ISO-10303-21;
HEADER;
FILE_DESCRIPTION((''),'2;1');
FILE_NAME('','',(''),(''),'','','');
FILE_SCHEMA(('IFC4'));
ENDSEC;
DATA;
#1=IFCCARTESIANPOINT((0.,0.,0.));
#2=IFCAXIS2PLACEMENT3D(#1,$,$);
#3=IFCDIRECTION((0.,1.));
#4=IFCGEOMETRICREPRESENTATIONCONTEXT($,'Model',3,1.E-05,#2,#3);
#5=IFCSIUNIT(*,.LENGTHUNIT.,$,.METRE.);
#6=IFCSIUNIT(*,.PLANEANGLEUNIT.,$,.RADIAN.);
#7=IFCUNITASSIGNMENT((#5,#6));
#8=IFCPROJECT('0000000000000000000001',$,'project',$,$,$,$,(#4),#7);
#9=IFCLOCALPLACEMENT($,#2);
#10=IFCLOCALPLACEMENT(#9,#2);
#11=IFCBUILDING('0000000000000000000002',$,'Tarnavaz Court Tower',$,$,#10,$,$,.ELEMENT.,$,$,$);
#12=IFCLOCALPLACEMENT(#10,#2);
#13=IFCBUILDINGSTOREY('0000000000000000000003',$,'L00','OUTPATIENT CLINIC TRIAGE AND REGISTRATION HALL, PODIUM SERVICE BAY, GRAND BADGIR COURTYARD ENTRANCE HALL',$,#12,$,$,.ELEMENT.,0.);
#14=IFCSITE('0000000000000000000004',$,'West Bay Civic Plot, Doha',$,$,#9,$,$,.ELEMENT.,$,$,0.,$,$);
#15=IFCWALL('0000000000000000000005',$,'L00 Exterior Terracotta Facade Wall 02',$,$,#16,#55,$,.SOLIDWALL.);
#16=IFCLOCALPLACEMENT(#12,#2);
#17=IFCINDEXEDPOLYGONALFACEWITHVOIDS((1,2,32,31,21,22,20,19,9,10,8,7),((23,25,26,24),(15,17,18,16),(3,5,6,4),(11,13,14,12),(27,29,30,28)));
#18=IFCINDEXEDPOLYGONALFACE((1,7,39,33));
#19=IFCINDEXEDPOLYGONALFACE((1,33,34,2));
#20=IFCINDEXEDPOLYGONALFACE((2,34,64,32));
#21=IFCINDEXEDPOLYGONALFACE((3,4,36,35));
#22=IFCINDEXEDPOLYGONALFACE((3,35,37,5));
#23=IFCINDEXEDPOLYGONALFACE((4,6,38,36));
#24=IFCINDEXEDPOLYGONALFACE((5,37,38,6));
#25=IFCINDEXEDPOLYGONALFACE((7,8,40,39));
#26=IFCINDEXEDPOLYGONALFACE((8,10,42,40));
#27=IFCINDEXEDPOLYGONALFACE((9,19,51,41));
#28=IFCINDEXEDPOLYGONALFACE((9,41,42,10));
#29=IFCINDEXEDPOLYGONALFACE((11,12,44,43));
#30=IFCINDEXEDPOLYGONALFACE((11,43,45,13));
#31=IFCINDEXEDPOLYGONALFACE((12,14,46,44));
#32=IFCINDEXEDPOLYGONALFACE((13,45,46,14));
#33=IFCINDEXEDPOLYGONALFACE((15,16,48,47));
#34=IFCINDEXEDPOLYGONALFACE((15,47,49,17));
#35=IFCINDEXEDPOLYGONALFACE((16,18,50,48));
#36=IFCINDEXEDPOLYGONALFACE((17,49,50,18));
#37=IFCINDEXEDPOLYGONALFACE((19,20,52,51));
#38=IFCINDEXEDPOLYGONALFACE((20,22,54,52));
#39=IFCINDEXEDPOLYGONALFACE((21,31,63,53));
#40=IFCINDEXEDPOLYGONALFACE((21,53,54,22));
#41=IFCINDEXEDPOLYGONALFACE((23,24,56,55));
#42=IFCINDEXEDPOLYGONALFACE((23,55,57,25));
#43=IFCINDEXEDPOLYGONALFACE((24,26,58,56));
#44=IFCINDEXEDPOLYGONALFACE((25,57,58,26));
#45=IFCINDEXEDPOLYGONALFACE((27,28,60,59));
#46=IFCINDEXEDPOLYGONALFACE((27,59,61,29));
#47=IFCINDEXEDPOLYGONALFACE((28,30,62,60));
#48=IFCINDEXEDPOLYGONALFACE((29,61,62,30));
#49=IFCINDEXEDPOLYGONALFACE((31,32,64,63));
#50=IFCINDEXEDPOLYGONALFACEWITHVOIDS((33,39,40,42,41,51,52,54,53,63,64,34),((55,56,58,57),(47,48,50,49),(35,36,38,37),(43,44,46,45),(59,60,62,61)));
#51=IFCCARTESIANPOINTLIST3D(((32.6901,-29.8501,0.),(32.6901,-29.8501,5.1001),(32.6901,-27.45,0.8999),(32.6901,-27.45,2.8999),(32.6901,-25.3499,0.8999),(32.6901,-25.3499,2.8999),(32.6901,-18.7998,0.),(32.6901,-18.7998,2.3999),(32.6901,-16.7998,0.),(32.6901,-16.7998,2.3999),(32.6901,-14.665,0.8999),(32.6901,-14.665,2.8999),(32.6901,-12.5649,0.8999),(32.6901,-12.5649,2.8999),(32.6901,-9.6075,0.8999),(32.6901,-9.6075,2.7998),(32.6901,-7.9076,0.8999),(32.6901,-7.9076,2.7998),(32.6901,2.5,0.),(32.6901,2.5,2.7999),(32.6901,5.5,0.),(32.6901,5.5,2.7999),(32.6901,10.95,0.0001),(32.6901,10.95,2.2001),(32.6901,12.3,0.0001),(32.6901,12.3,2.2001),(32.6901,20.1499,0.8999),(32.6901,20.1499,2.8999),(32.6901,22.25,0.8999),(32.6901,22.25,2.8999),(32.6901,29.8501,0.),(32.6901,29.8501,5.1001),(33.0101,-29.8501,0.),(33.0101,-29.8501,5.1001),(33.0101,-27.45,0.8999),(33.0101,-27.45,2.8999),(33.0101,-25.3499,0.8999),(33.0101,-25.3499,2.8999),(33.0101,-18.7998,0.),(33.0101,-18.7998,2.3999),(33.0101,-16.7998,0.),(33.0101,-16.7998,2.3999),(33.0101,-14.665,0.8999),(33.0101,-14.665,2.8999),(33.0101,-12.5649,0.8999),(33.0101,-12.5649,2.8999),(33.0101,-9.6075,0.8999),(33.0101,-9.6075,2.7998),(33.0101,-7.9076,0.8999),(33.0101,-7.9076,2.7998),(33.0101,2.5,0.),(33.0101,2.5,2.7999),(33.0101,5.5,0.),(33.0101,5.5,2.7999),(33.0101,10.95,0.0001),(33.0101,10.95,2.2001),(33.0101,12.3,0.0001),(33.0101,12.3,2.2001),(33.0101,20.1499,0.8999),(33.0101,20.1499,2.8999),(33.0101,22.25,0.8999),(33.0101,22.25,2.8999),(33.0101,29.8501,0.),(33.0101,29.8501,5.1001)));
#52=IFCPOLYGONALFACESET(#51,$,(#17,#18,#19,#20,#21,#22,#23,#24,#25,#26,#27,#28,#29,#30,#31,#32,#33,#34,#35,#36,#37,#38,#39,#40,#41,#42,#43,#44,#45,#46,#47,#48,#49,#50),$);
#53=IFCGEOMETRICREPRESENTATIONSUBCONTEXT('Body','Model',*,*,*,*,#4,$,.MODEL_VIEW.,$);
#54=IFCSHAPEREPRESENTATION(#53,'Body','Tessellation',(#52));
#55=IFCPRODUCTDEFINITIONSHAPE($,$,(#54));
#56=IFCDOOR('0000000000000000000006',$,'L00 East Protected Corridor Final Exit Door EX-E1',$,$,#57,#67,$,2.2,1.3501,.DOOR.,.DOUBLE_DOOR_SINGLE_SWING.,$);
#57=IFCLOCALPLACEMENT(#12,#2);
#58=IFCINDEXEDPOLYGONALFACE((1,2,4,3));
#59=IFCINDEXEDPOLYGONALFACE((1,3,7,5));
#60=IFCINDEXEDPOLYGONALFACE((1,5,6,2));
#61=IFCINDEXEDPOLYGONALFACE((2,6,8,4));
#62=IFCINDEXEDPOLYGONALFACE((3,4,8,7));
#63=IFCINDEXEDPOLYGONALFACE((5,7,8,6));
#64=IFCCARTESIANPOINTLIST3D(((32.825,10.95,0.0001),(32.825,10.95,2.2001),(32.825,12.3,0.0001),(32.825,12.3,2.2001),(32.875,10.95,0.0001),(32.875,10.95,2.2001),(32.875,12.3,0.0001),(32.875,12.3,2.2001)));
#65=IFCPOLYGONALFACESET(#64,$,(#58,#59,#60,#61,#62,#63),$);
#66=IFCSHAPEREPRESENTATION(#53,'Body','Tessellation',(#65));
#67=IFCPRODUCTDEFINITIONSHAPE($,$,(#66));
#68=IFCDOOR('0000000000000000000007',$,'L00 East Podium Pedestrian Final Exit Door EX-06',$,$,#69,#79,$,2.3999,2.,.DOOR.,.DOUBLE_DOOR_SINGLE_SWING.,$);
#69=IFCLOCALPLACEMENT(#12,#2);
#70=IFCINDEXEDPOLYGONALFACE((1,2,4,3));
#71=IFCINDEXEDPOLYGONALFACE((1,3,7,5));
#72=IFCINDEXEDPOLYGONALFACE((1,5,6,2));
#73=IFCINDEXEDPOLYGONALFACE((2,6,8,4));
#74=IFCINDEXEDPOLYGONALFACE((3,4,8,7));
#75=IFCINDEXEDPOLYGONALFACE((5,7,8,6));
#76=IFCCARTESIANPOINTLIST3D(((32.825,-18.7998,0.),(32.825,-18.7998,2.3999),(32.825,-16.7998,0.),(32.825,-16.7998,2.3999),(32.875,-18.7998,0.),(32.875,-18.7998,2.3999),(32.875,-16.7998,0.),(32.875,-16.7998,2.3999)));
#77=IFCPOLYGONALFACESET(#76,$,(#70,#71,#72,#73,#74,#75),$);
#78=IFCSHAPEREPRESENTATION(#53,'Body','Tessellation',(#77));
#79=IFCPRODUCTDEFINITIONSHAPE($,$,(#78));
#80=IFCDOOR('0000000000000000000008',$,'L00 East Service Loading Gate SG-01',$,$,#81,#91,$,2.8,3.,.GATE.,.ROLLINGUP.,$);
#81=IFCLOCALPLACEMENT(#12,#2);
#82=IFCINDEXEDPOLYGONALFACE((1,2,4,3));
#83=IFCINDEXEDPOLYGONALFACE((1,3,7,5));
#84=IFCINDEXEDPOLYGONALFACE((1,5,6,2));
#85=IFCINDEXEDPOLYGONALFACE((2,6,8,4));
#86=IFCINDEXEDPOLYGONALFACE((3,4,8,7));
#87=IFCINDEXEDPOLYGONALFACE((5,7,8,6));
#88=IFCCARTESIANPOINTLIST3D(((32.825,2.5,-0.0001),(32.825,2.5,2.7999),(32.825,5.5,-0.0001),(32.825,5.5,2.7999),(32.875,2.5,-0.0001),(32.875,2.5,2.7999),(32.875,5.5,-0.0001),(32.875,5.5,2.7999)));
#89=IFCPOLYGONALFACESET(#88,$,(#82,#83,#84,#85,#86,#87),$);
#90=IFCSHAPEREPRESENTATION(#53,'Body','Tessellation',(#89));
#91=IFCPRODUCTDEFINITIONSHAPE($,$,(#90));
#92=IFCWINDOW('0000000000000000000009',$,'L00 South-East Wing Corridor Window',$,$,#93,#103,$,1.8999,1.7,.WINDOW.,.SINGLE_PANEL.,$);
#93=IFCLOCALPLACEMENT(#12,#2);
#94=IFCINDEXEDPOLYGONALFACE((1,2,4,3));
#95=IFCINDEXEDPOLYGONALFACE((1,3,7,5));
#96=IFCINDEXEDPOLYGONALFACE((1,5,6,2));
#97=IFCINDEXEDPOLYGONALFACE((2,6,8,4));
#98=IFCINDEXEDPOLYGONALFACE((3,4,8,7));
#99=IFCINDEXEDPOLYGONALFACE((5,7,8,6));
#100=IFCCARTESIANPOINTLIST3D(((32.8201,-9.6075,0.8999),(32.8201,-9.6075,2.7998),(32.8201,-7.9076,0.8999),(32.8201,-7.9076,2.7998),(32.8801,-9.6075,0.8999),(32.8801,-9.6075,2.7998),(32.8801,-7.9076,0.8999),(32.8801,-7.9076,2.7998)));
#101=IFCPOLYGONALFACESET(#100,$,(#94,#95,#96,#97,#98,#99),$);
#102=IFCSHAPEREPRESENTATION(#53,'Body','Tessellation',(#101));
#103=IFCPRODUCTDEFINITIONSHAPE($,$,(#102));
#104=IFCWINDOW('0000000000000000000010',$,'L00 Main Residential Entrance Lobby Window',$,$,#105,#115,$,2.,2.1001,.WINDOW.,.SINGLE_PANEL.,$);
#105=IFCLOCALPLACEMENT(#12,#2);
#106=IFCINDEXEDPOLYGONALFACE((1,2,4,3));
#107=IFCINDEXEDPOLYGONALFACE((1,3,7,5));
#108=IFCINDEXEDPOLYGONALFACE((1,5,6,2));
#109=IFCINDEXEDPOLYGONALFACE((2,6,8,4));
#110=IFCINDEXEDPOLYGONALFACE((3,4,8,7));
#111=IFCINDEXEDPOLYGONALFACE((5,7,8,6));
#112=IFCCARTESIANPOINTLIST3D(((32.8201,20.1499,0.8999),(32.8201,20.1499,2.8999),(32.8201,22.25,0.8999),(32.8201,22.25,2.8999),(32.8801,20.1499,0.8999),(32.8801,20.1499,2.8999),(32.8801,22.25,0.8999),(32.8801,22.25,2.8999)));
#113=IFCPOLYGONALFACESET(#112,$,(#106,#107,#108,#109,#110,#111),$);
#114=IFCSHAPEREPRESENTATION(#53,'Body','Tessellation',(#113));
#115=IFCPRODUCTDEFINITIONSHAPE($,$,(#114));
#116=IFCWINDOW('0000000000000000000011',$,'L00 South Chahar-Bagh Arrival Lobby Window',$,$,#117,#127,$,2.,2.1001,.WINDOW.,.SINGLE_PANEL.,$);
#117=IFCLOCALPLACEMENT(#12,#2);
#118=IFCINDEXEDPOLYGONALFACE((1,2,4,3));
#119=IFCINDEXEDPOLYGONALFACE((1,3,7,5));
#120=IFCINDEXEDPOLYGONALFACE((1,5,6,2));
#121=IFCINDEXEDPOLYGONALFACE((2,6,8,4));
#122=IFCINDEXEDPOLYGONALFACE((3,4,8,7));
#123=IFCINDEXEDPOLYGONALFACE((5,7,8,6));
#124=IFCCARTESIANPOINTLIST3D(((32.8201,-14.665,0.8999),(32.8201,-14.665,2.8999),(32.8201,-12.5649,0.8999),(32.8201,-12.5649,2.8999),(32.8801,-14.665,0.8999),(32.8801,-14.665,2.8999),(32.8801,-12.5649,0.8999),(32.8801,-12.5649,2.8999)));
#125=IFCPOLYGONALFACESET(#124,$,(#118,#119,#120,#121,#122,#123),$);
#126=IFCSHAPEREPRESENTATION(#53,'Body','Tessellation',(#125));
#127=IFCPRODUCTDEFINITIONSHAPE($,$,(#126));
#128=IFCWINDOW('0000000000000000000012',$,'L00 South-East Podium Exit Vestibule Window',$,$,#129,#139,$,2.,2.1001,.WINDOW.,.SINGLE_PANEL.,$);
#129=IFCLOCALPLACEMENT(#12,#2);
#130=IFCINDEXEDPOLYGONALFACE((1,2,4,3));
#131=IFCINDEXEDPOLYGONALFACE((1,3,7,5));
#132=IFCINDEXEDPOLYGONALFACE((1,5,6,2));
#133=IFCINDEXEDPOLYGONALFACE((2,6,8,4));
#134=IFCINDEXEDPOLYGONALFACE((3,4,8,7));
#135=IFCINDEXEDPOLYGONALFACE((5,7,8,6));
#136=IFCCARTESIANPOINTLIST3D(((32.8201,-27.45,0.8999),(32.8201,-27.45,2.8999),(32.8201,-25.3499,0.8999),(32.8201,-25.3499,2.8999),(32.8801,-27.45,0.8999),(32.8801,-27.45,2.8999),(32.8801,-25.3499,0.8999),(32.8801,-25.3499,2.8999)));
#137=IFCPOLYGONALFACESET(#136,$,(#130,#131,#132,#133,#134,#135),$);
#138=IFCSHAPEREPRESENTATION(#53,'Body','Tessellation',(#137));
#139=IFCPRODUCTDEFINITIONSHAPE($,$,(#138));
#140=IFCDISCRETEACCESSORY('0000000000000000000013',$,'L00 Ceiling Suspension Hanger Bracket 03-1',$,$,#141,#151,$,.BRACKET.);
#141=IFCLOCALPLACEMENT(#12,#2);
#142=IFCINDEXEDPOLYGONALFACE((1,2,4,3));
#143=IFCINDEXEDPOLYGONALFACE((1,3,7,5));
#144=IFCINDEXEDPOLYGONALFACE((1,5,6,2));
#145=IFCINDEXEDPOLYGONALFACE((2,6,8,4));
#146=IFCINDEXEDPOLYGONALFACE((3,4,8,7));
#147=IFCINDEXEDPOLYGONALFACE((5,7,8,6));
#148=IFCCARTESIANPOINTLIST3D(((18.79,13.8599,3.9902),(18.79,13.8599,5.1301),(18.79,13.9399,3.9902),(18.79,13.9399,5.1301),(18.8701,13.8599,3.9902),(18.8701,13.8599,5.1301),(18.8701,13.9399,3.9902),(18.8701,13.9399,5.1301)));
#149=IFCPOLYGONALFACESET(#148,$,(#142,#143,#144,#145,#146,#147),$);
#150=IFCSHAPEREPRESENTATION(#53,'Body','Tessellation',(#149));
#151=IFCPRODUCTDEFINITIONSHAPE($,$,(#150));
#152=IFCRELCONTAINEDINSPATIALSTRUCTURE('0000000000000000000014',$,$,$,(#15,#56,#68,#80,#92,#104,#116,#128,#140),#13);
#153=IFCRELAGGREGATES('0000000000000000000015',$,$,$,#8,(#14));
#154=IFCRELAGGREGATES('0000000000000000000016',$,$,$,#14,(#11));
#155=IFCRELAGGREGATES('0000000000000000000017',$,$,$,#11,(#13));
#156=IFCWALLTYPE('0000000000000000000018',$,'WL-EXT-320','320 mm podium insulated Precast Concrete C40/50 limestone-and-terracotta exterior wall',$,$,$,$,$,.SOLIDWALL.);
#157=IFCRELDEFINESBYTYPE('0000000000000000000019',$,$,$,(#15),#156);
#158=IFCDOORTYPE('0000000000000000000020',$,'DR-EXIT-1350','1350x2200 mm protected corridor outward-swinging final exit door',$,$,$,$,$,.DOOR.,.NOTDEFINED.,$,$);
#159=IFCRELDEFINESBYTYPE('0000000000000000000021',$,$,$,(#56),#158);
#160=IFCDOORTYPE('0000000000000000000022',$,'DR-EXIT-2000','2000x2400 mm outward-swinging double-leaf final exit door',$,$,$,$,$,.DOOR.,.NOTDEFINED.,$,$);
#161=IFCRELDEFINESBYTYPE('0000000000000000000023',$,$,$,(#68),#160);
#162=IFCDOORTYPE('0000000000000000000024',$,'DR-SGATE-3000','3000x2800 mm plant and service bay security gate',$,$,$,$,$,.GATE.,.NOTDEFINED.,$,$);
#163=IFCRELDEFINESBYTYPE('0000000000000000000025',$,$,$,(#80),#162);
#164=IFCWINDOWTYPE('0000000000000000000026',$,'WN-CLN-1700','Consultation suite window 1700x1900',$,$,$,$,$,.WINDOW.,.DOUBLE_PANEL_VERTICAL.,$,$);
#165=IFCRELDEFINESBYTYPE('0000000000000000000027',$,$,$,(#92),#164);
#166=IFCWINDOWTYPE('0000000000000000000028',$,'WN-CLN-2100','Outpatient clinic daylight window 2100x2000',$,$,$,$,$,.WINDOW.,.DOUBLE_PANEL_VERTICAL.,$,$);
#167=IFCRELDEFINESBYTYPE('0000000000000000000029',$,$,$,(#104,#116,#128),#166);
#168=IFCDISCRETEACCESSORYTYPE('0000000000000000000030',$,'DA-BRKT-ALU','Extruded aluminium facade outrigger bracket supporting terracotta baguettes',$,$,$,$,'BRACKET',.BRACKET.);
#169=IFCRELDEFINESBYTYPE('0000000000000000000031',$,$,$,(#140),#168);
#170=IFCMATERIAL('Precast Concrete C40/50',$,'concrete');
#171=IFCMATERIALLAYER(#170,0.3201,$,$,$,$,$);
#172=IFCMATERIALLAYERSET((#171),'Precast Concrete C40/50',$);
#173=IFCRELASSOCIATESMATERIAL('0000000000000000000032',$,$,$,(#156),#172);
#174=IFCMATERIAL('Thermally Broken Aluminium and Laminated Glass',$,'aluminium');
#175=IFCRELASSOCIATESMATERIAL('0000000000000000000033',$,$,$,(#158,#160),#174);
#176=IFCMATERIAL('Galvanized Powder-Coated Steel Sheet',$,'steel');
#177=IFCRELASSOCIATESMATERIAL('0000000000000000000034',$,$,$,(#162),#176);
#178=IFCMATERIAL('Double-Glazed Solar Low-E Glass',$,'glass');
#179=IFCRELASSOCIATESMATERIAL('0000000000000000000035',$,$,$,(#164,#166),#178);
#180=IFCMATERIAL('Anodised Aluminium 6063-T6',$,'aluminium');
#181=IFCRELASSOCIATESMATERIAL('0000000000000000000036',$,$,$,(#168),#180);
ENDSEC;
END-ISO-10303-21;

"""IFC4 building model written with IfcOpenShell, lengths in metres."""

from ifc_helpers import new_model, si_unit, direction, frame, frame_2d, origin, origin_2d, place, context, subcontext, project, spatial, rectangle, extrude, material, layer, layer_set, type_object, element, fill, save


model = new_model("IFC4")

# Units and contexts
model_context = context("Model", 3, precision=1e-05, world=origin(), true_north=direction((0.0, 1.0)))
body_context = subcontext(model_context, "Body", "Model", "MODEL_VIEW")
ifc_project = project(units=[si_unit("LENGTHUNIT", "METRE"), si_unit("PLANEANGLEUNIT", "RADIAN")], contexts=[model_context])

# Site, building, storey
site_placement = place(None, origin())
site = spatial("IfcSite", under=ifc_project, at=site_placement, Name="West Bay Civic Plot, Doha", CompositionType="ELEMENT", RefElevation=0.0)
building_placement = place(site_placement, origin())
building = spatial("IfcBuilding", under=site, at=building_placement, Name="Tarnavaz Court Tower", CompositionType="ELEMENT")
storey_placement = place(building_placement, origin())
storey = spatial("IfcBuildingStorey", under=building, at=storey_placement, Name="L00", Description="OUTPATIENT CLINIC TRIAGE AND REGISTRATION HALL, PODIUM SERVICE BAY, GRAND BADGIR COURTYARD ENTRANCE HALL", CompositionType="ELEMENT", Elevation=0.0)

# Wall, openings, doors, windows
ifc_material_1 = material(Name="Precast Concrete C40/50", Category="concrete")
ifc_layer = layer(ifc_material_1, 0.3201)
ifc_layer_set = layer_set([ifc_layer], Name="Precast Concrete C40/50")
wall_type = type_object("IfcWallType", Name="WL-EXT-320", Description="320 mm podium insulated Precast Concrete C40/50 limestone-and-terracotta exterior wall", PredefinedType="SOLIDWALL", material=ifc_layer_set)
wall_placement = place(storey_placement, frame((32.8501, 29.8501, 0.0), z_axis=(0.0, 0.0, 1.0), x_axis=(0.0, -1.0, 0.0)))
wall = element("IfcWall", 1, at=wall_placement, inside=storey, type_object=wall_type, Name="L00 Exterior Terracotta Facade Wall 02", PredefinedType="SOLIDWALL", context=body_context, shape_type="SweptSolid", body=[
    extrude(rectangle(XDim=59.7002, YDim=0.3201, at=frame_2d((29.8501, 0.0))), origin(), (0.0, 0.0, 1.0), 5.1001),
])
opening_1_placement = place(wall_placement, frame((17.55, 0.0, 0.0)))
opening_1 = element("IfcOpeningElement", 2, at=opening_1_placement, cuts=wall, PredefinedType="OPENING", context=body_context, shape_type="SweptSolid", body=[
    extrude(rectangle(XDim=1.3501, YDim=2.2, at=frame_2d((0.675, 1.1001))), frame((0.0, 0.1699, 0.0), z_axis=(0.0, -1.0, 0.0), x_axis=(1.0, 0.0, 0.0)), (0.0, 0.0, 1.0), 0.3401),
])
opening_2_placement = place(wall_placement, frame((46.6499, 0.0, 0.0)))
opening_2 = element("IfcOpeningElement", 3, at=opening_2_placement, cuts=wall, PredefinedType="OPENING", context=body_context, shape_type="SweptSolid", body=[
    extrude(rectangle(XDim=2.0, YDim=2.3999, at=frame_2d((1.0, 1.2))), frame((0.0, 0.1699, 0.0), z_axis=(0.0, -1.0, 0.0), x_axis=(1.0, 0.0, 0.0)), (0.0, 0.0, 1.0), 0.3401),
])
opening_3_placement = place(wall_placement, frame((24.3501, 0.0, 0.0)))
opening_3 = element("IfcOpeningElement", 4, at=opening_3_placement, cuts=wall, PredefinedType="OPENING", context=body_context, shape_type="SweptSolid", body=[
    extrude(rectangle(XDim=3.0, YDim=2.8, at=frame_2d((1.5, 1.3999))), frame((0.0, 0.1699, 0.0), z_axis=(0.0, -1.0, 0.0), x_axis=(1.0, 0.0, 0.0)), (0.0, 0.0, 1.0), 0.3401),
])
opening_4_placement = place(wall_placement, frame((7.6001, 0.0, 0.8999)))
opening_4 = element("IfcOpeningElement", 5, at=opening_4_placement, cuts=wall, PredefinedType="OPENING", context=body_context, shape_type="SweptSolid", body=[
    extrude(rectangle(XDim=2.1001, YDim=2.0, at=frame_2d((1.05, 1.0))), frame((0.0, 0.1699, 0.0), z_axis=(0.0, -1.0, 0.0), x_axis=(1.0, 0.0, 0.0)), (0.0, 0.0, 1.0), 0.3401),
])
opening_5_placement = place(wall_placement, frame((37.7576, 0.0, 0.8999)))
opening_5 = element("IfcOpeningElement", 6, at=opening_5_placement, cuts=wall, PredefinedType="OPENING", context=body_context, shape_type="SweptSolid", body=[
    extrude(rectangle(XDim=1.7, YDim=1.8999, at=frame_2d((0.8501, 0.95))), frame((0.0, 0.1699, 0.0), z_axis=(0.0, -1.0, 0.0), x_axis=(1.0, 0.0, 0.0)), (0.0, 0.0, 1.0), 0.3401),
])
opening_6_placement = place(wall_placement, frame((42.415, 0.0, 0.8999)))
opening_6 = element("IfcOpeningElement", 7, at=opening_6_placement, cuts=wall, PredefinedType="OPENING", context=body_context, shape_type="SweptSolid", body=[
    extrude(rectangle(XDim=2.1001, YDim=2.0, at=frame_2d((1.05, 1.0))), frame((0.0, 0.1699, 0.0), z_axis=(0.0, -1.0, 0.0), x_axis=(1.0, 0.0, 0.0)), (0.0, 0.0, 1.0), 0.3401),
])
opening_7_placement = place(wall_placement, frame((55.2, 0.0, 0.8999)))
opening_7 = element("IfcOpeningElement", 8, at=opening_7_placement, cuts=wall, PredefinedType="OPENING", context=body_context, shape_type="SweptSolid", body=[
    extrude(rectangle(XDim=2.1001, YDim=2.0, at=frame_2d((1.05, 1.0))), frame((0.0, 0.1699, 0.0), z_axis=(0.0, -1.0, 0.0), x_axis=(1.0, 0.0, 0.0)), (0.0, 0.0, 1.0), 0.3401),
])
ifc_material_2 = material(Name="Thermally Broken Aluminium and Laminated Glass", Category="aluminium")
door_type_1 = type_object("IfcDoorType", Name="DR-EXIT-1350", Description="1350x2200 mm protected corridor outward-swinging final exit door", OperationType="NOTDEFINED", PredefinedType="DOOR", material=ifc_material_2)
door_1_placement = place(opening_1_placement, origin())
door_1 = element("IfcDoor", 9, at=door_1_placement, inside=storey, type_object=door_type_1, Name="L00 East Protected Corridor Final Exit Door EX-E1", OperationType="DOUBLE_DOOR_SINGLE_SWING", OverallHeight=2.2, OverallWidth=1.3501, PredefinedType="DOOR", context=body_context, shape_type="SweptSolid", body=[
    extrude(rectangle(XDim=1.3501, YDim=2.2, at=frame_2d((0.675, 1.1001))), frame((0.0, 0.0249, 0.0), z_axis=(0.0, -1.0, 0.0), x_axis=(1.0, 0.0, 0.0)), (0.0, 0.0, 1.0), 0.05),
])
fill(opening_1, door_1)
door_type_2 = type_object("IfcDoorType", Name="DR-EXIT-2000", Description="2000x2400 mm outward-swinging double-leaf final exit door", OperationType="NOTDEFINED", PredefinedType="DOOR", material=ifc_material_2)
door_2_placement = place(opening_2_placement, origin())
door_2 = element("IfcDoor", 10, at=door_2_placement, inside=storey, type_object=door_type_2, Name="L00 East Podium Pedestrian Final Exit Door EX-06", OperationType="DOUBLE_DOOR_SINGLE_SWING", OverallHeight=2.3999, OverallWidth=2.0, PredefinedType="DOOR", context=body_context, shape_type="SweptSolid", body=[
    extrude(rectangle(XDim=2.0, YDim=2.3999, at=frame_2d((1.0, 1.2))), frame((0.0, 0.0249, 0.0), z_axis=(0.0, -1.0, 0.0), x_axis=(1.0, 0.0, 0.0)), (0.0, 0.0, 1.0), 0.05),
])
fill(opening_2, door_2)
ifc_material_3 = material(Name="Galvanized Powder-Coated Steel Sheet", Category="steel")
door_type_3 = type_object("IfcDoorType", Name="DR-SGATE-3000", Description="3000x2800 mm plant and service bay security gate", OperationType="NOTDEFINED", PredefinedType="GATE", material=ifc_material_3)
door_3_placement = place(opening_3_placement, origin())
door_3 = element("IfcDoor", 11, at=door_3_placement, inside=storey, type_object=door_type_3, Name="L00 East Service Loading Gate SG-01", OperationType="ROLLINGUP", OverallHeight=2.8, OverallWidth=3.0, PredefinedType="GATE", context=body_context, shape_type="SweptSolid", body=[
    extrude(rectangle(XDim=3.0, YDim=2.8, at=frame_2d((1.5, 1.3999))), frame((0.0, 0.0249, 0.0), z_axis=(0.0, -1.0, 0.0), x_axis=(1.0, 0.0, 0.0)), (0.0, 0.0, 1.0), 0.05),
])
fill(opening_3, door_3)
ifc_material_4 = material(Name="Double-Glazed Solar Low-E Glass", Category="glass")
window_type_1 = type_object("IfcWindowType", Name="WN-CLN-1700", Description="Consultation suite window 1700x1900", PartitioningType="DOUBLE_PANEL_VERTICAL", PredefinedType="WINDOW", material=ifc_material_4)
window_1_placement = place(opening_5_placement, origin())
window_1 = element("IfcWindow", 12, at=window_1_placement, inside=storey, type_object=window_type_1, Name="L00 South-East Wing Corridor Window", OverallHeight=1.8999, OverallWidth=1.7, PartitioningType="SINGLE_PANEL", PredefinedType="WINDOW", context=body_context, shape_type="SweptSolid", body=[
    extrude(rectangle(XDim=1.7, YDim=1.8999, at=frame_2d((0.8501, 0.95))), frame((0.0, 0.03, 0.0), z_axis=(0.0, -1.0, 0.0), x_axis=(1.0, 0.0, 0.0)), (0.0, 0.0, 1.0), 0.0601),
])
fill(opening_5, window_1)
window_type_2 = type_object("IfcWindowType", Name="WN-CLN-2100", Description="Outpatient clinic daylight window 2100x2000", PartitioningType="DOUBLE_PANEL_VERTICAL", PredefinedType="WINDOW", material=ifc_material_4)
window_2_placement = place(opening_4_placement, origin())
window_2 = element("IfcWindow", 13, at=window_2_placement, inside=storey, type_object=window_type_2, Name="L00 Main Residential Entrance Lobby Window", OverallHeight=2.0, OverallWidth=2.1001, PartitioningType="SINGLE_PANEL", PredefinedType="WINDOW", context=body_context, shape_type="SweptSolid", body=[
    extrude(rectangle(XDim=2.1001, YDim=2.0, at=frame_2d((1.05, 1.0))), frame((0.0, 0.03, 0.0), z_axis=(0.0, -1.0, 0.0), x_axis=(1.0, 0.0, 0.0)), (0.0, 0.0, 1.0), 0.0601),
])
fill(opening_4, window_2)
window_3_placement = place(opening_6_placement, origin())
window_3 = element("IfcWindow", 14, at=window_3_placement, inside=storey, type_object=window_type_2, Name="L00 South Chahar-Bagh Arrival Lobby Window", OverallHeight=2.0, OverallWidth=2.1001, PartitioningType="SINGLE_PANEL", PredefinedType="WINDOW", context=body_context, shape_type="SweptSolid", body=[
    extrude(rectangle(XDim=2.1001, YDim=2.0, at=frame_2d((1.05, 1.0))), frame((0.0, 0.03, 0.0), z_axis=(0.0, -1.0, 0.0), x_axis=(1.0, 0.0, 0.0)), (0.0, 0.0, 1.0), 0.0601),
])
fill(opening_6, window_3)
window_4_placement = place(opening_7_placement, origin())
window_4 = element("IfcWindow", 15, at=window_4_placement, inside=storey, type_object=window_type_2, Name="L00 South-East Podium Exit Vestibule Window", OverallHeight=2.0, OverallWidth=2.1001, PartitioningType="SINGLE_PANEL", PredefinedType="WINDOW", context=body_context, shape_type="SweptSolid", body=[
    extrude(rectangle(XDim=2.1001, YDim=2.0, at=frame_2d((1.05, 1.0))), frame((0.0, 0.03, 0.0), z_axis=(0.0, -1.0, 0.0), x_axis=(1.0, 0.0, 0.0)), (0.0, 0.0, 1.0), 0.0601),
])
fill(opening_7, window_4)

# Discrete accessory
ifc_material_5 = material(Name="Anodised Aluminium 6063-T6", Category="aluminium")
discrete_accessory_type = type_object("IfcDiscreteAccessoryType", Name="DA-BRKT-ALU", Description="Extruded aluminium facade outrigger bracket supporting terracotta baguettes", ElementType="BRACKET", PredefinedType="BRACKET", material=ifc_material_5)
for number, where, z_axis, x_axis, name in (
    (16, (18.8301, 13.8999, 3.9902), (0.0, 0.0, 1.0), (1.0, 0.0, 0.0), "L00 Ceiling Suspension Hanger Bracket 03-1"),
):
    element("IfcDiscreteAccessory", number, at=place(storey_placement, frame(where, z_axis=z_axis, x_axis=x_axis)), inside=storey, type_object=discrete_accessory_type, Name=name, PredefinedType="BRACKET", context=body_context, shape_type="SweptSolid", body=[
        extrude(rectangle(XDim=0.0801, YDim=0.0801, at=origin_2d()), origin(), (0.0, 0.0, 1.0), 1.1399),
    ])

save(model, "model.ifc")
